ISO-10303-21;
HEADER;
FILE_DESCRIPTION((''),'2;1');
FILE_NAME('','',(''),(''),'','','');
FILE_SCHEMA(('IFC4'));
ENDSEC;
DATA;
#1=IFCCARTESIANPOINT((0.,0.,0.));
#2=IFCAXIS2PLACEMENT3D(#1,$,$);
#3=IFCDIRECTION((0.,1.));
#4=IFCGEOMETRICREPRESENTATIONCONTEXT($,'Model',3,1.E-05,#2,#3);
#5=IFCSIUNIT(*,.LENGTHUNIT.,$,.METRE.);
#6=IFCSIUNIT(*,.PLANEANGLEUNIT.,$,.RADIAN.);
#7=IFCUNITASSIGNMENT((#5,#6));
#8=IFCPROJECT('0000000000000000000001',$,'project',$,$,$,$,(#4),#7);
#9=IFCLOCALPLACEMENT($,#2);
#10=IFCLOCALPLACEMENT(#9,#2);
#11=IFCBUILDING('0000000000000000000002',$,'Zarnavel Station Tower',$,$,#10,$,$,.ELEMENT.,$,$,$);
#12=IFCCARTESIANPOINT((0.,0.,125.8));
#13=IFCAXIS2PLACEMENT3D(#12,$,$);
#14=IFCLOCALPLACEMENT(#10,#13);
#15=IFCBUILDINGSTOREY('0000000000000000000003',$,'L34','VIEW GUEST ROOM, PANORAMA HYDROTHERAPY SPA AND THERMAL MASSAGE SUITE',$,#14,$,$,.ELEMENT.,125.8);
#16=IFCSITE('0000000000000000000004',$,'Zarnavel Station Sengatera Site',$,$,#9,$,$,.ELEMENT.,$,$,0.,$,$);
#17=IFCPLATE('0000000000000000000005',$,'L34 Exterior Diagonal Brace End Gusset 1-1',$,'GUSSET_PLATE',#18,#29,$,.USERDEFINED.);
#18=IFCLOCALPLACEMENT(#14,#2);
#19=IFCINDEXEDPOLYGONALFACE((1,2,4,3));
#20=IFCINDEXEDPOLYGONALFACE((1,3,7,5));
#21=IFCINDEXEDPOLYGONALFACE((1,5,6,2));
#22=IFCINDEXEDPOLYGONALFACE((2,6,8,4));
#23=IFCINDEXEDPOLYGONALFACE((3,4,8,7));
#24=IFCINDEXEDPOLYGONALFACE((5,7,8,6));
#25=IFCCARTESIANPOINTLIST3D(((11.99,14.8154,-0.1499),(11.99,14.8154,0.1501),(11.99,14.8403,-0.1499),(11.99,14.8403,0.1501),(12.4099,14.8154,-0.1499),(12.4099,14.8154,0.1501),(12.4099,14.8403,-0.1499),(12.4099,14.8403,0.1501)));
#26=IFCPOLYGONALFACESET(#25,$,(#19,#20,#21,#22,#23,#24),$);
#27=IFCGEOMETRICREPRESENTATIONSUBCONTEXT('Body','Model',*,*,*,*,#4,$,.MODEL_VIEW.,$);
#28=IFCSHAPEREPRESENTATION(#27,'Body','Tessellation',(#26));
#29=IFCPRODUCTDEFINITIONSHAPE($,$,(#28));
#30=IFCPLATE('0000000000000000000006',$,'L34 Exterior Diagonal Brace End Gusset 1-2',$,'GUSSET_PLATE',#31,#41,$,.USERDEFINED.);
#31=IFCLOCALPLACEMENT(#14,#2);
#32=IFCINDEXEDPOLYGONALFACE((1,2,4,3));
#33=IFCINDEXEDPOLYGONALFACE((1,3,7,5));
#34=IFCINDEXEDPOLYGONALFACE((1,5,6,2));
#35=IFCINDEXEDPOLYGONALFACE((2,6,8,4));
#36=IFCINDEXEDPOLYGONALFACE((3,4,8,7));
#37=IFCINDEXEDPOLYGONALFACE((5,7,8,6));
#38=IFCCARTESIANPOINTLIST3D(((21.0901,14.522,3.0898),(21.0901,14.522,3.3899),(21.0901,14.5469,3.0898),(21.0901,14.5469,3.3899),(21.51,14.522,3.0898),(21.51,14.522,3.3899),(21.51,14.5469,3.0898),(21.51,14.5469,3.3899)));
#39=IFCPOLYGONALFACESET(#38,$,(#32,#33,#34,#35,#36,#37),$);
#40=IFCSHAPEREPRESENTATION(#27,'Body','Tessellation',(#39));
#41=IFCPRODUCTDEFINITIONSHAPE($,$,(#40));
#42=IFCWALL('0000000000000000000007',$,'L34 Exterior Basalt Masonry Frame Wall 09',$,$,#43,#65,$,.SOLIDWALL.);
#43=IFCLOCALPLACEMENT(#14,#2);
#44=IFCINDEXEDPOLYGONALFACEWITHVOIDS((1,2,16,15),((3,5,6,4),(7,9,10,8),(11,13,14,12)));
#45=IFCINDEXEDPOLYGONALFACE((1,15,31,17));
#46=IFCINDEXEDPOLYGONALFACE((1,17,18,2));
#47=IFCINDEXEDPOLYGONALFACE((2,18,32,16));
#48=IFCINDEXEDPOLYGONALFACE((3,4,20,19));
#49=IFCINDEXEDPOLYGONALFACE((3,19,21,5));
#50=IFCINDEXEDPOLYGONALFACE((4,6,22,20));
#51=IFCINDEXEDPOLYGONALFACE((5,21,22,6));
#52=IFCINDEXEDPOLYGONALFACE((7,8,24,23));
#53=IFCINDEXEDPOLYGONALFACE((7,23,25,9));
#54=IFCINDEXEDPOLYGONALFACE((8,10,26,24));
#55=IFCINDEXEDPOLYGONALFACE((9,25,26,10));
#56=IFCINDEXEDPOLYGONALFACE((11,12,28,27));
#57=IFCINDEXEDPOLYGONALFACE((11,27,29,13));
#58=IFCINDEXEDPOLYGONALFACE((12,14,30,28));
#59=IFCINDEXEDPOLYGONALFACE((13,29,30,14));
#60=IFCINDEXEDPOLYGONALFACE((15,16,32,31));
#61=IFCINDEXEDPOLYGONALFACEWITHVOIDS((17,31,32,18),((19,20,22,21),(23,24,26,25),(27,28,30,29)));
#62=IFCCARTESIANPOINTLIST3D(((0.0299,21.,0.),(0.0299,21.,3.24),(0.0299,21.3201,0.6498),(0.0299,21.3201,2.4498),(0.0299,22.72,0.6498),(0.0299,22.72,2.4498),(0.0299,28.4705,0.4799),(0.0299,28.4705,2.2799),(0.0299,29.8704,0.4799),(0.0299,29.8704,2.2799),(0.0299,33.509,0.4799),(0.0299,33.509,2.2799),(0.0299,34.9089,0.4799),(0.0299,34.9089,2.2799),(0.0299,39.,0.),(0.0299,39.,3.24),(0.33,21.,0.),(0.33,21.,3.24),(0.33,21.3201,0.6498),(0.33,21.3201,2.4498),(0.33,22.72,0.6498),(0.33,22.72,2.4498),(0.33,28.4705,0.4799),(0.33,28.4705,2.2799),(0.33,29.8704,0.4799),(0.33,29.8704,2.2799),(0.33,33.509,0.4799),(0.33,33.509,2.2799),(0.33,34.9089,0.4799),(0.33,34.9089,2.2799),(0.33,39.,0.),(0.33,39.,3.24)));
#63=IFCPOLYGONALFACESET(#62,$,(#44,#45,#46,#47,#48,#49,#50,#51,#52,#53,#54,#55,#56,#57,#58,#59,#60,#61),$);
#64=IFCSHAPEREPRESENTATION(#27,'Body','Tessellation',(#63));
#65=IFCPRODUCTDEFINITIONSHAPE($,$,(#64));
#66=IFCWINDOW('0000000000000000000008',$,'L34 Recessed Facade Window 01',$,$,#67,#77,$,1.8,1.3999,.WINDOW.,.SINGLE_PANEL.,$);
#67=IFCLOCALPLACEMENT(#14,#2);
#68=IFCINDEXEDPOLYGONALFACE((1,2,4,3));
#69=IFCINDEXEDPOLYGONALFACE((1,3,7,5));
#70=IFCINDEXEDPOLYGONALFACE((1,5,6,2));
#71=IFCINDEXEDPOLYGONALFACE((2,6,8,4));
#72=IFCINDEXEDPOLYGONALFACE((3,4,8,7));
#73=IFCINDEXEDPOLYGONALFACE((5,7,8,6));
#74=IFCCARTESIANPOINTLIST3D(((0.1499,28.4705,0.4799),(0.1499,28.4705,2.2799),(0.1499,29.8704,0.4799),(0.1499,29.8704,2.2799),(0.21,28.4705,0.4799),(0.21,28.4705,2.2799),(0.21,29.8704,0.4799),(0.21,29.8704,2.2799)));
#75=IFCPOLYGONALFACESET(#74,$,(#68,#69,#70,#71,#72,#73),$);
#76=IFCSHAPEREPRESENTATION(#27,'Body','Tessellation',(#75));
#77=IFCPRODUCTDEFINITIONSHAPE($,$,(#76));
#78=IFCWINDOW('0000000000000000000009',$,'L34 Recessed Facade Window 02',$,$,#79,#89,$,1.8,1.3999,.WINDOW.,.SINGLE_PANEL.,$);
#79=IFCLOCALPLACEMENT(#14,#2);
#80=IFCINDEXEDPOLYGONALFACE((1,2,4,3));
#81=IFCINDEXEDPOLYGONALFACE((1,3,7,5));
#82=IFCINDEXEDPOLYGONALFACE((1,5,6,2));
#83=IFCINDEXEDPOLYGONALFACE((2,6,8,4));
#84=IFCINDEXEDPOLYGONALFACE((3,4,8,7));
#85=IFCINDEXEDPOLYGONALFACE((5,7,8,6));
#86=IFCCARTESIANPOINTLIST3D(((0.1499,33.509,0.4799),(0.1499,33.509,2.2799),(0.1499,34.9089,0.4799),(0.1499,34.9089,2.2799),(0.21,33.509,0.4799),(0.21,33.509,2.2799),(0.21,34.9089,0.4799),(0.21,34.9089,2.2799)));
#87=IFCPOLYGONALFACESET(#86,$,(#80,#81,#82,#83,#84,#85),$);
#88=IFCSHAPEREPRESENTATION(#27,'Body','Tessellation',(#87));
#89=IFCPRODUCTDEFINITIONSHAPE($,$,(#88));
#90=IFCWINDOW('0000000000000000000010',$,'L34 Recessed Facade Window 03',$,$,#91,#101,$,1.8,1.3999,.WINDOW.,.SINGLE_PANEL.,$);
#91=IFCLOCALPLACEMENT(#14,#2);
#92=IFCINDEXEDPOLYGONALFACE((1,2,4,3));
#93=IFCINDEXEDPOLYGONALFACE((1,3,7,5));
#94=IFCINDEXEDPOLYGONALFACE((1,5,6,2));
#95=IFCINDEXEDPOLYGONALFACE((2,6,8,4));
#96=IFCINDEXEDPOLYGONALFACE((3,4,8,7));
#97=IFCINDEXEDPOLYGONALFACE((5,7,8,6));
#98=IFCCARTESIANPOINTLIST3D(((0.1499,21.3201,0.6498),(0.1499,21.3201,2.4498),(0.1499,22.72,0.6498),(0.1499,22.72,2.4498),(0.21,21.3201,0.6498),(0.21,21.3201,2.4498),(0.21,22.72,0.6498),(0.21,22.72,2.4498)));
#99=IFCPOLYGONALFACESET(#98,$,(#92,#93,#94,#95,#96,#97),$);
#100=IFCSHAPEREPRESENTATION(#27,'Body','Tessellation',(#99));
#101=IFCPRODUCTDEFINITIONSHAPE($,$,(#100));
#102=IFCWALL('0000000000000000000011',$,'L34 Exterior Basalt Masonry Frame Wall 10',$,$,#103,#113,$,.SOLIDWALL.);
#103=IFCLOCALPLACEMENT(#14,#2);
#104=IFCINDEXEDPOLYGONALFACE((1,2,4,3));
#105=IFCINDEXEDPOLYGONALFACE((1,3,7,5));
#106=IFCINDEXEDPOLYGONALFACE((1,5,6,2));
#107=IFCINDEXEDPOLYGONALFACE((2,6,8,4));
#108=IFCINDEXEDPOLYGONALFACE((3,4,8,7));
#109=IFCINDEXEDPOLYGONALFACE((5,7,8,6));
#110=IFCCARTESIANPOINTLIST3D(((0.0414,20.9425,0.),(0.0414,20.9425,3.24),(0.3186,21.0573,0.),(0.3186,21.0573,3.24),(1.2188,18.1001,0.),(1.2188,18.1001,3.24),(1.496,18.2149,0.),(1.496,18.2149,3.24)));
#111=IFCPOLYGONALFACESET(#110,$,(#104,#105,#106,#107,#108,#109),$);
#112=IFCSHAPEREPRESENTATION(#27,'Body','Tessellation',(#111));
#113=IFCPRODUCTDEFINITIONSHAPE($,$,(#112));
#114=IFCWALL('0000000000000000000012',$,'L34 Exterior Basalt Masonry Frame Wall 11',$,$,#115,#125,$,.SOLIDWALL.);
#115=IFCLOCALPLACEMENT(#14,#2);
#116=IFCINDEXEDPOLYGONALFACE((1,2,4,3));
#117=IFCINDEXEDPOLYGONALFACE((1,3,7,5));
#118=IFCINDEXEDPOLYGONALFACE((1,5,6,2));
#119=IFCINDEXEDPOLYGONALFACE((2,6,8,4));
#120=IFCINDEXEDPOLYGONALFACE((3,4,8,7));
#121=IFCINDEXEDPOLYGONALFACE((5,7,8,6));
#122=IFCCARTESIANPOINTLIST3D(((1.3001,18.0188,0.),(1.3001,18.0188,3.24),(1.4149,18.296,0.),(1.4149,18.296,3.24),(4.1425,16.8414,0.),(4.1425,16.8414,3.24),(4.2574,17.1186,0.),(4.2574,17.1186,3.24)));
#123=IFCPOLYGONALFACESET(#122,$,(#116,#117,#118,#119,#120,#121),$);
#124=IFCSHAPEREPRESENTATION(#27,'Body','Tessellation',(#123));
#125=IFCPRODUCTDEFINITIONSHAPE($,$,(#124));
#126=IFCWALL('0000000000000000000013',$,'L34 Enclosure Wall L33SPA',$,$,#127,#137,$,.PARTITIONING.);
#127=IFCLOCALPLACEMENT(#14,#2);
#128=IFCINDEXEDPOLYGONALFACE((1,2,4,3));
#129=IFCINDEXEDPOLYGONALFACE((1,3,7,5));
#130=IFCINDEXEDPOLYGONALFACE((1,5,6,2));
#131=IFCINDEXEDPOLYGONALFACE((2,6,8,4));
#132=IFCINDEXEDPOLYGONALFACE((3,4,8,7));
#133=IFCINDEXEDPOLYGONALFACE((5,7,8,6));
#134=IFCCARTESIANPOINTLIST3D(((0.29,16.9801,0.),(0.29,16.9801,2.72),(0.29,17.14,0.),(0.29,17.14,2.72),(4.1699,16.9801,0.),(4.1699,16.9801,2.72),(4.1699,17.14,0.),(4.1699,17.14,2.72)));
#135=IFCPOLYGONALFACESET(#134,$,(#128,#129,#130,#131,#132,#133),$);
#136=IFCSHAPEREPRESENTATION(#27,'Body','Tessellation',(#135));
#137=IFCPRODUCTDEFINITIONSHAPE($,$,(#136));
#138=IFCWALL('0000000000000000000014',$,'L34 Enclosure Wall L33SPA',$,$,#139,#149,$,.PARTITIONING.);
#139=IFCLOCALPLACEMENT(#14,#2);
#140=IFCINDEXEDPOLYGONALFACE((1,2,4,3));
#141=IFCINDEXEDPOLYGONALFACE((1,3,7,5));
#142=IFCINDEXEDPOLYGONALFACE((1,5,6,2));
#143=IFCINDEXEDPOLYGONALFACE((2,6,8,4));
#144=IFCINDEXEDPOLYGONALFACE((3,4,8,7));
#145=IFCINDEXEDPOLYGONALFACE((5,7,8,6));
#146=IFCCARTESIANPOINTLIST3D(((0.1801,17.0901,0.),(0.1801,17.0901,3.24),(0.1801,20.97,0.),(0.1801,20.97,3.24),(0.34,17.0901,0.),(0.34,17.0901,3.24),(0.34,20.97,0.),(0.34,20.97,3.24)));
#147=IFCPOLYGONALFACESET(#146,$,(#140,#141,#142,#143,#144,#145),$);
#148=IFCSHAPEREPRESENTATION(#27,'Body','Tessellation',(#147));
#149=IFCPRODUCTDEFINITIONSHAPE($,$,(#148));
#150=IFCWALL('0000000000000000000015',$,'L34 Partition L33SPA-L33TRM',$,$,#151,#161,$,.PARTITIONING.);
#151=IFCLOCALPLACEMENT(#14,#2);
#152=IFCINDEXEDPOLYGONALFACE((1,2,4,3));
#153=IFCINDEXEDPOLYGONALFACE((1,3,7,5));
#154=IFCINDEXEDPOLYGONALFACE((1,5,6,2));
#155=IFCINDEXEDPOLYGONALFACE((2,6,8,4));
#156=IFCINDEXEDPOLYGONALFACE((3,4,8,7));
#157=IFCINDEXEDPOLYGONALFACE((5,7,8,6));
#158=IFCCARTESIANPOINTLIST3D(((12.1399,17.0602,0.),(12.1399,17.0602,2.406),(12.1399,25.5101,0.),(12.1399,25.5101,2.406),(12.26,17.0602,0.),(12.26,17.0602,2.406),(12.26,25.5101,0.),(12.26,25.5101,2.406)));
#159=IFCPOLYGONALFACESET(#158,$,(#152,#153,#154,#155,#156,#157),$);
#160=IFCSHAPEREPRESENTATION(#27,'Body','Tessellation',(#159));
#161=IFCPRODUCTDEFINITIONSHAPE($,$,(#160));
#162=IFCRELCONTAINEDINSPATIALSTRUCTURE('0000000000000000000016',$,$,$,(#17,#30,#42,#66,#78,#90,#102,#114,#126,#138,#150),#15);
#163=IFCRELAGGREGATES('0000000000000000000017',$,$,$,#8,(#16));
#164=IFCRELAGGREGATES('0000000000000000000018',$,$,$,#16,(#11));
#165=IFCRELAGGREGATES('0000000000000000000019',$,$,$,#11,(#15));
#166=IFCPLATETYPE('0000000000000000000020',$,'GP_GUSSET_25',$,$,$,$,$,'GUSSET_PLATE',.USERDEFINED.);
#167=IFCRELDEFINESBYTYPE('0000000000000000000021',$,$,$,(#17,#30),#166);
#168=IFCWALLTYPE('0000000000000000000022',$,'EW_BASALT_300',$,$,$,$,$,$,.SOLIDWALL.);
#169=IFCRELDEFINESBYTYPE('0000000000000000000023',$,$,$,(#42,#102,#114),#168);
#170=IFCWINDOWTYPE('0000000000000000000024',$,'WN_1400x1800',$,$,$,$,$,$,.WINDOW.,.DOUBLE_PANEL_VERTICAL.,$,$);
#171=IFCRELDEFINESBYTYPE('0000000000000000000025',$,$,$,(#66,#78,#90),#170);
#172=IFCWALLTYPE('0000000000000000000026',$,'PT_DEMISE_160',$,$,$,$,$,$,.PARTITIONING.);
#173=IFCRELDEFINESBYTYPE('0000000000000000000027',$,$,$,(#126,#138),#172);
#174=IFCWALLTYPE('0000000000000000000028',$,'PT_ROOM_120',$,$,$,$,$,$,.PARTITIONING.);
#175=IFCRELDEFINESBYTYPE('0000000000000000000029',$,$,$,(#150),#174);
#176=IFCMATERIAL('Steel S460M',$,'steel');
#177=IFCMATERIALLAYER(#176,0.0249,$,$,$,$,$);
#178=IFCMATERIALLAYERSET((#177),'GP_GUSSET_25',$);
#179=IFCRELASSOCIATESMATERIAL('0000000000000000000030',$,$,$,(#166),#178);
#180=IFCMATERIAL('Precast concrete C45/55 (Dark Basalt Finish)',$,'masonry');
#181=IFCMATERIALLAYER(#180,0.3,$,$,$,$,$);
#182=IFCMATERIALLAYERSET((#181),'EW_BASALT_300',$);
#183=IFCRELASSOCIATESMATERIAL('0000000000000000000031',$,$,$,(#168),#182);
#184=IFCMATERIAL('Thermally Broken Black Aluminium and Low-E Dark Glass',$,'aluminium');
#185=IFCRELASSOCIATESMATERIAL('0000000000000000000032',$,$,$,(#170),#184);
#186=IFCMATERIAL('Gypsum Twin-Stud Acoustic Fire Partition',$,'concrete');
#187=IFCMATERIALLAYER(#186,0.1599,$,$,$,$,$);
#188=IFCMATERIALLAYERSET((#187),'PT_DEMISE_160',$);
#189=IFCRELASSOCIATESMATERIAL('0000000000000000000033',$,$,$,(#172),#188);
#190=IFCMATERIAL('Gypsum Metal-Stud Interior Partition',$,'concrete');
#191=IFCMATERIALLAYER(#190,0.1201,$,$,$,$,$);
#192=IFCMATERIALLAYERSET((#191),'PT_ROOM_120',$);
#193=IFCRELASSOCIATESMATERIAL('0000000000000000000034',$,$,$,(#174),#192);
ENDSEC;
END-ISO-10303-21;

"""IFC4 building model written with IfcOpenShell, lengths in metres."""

from ifc_helpers import new_model, si_unit, direction, frame, frame_2d, origin, origin_2d, place, context, subcontext, project, spatial, rectangle, extrude, material, layer, layer_set, type_object, element, fill, save


model = new_model("IFC4")

# Units and contexts
model_context = context("Model", 3, precision=1e-05, world=origin(), true_north=direction((0.0, 1.0)))
body_context = subcontext(model_context, "Body", "Model", "MODEL_VIEW")
ifc_project = project(units=[si_unit("LENGTHUNIT", "METRE"), si_unit("PLANEANGLEUNIT", "RADIAN")], contexts=[model_context])

# Site, building, storey
site_placement = place(None, origin())
site = spatial("IfcSite", under=ifc_project, at=site_placement, Name="Zarnavel Station Sengatera Site", CompositionType="ELEMENT", RefElevation=0.0)
building_placement = place(site_placement, origin())
building = spatial("IfcBuilding", under=site, at=building_placement, Name="Zarnavel Station Tower", CompositionType="ELEMENT")
storey_placement = place(building_placement, frame((0.0, 0.0, 125.8)))
storey = spatial("IfcBuildingStorey", under=building, at=storey_placement, Name="L34", Description="VIEW GUEST ROOM, PANORAMA HYDROTHERAPY SPA AND THERMAL MASSAGE SUITE", CompositionType="ELEMENT", Elevation=125.8)

# Plates
ifc_material_1 = material(Name="Steel S460M", Category="steel")
ifc_layer_1 = layer(ifc_material_1, 0.0249)
ifc_layer_set_1 = layer_set([ifc_layer_1], Name="GP_GUSSET_25")
plate_type = type_object("IfcPlateType", Name="GP_GUSSET_25", ElementType="GUSSET_PLATE", PredefinedType="USERDEFINED", material=ifc_layer_set_1)
for number, where, z_axis, x_axis, name in (
    (1, (12.2, 14.8279, -0.1499), (0.0, 0.0, 1.0), (1.0, 0.0, 0.0), "L34 Exterior Diagonal Brace End Gusset 1-1"),
    (2, (21.3, 14.5344, 3.0898), (0.0, 0.0, 1.0), (1.0, 0.0, 0.0), "L34 Exterior Diagonal Brace End Gusset 1-2"),
):
    element("IfcPlate", number, at=place(storey_placement, frame(where, z_axis=z_axis, x_axis=x_axis)), inside=storey, type_object=plate_type, Name=name, ObjectType="GUSSET_PLATE", PredefinedType="USERDEFINED", context=body_context, shape_type="SweptSolid", body=[
        extrude(rectangle(XDim=0.4199, YDim=0.0249, at=origin_2d()), origin(), (0.0, 0.0, 1.0), 0.3),
    ])

# Wall, openings, windows
ifc_material_2 = material(Name="Precast concrete C45/55 (Dark Basalt Finish)", Category="masonry")
ifc_layer_2 = layer(ifc_material_2, 0.3)
ifc_layer_set_2 = layer_set([ifc_layer_2], Name="EW_BASALT_300")
wall_type_1 = type_object("IfcWallType", Name="EW_BASALT_300", PredefinedType="SOLIDWALL", material=ifc_layer_set_2)
wall_1_placement = place(storey_placement, frame((0.1799, 21.0, 0.0), z_axis=(0.0, 0.0, 1.0), x_axis=(0.0, 1.0, 0.0)))
wall_1 = element("IfcWall", 3, at=wall_1_placement, inside=storey, type_object=wall_type_1, Name="L34 Exterior Basalt Masonry Frame Wall 09", PredefinedType="SOLIDWALL", context=body_context, shape_type="SweptSolid", body=[
    extrude(rectangle(XDim=18.0, YDim=0.3, at=frame_2d((9.0, 0.0))), origin(), (0.0, 0.0, 1.0), 3.24),
])
opening_1_placement = place(wall_1_placement, frame((7.4705, 0.0, 0.48)))
opening_1 = element("IfcOpeningElement", 4, at=opening_1_placement, cuts=wall_1, PredefinedType="OPENING", context=body_context, shape_type="SweptSolid", body=[
    extrude(rectangle(XDim=1.3999, YDim=1.8, at=frame_2d((0.7, 0.8999))), frame((0.0, 0.1599, 0.0), z_axis=(0.0, -1.0, 0.0), x_axis=(1.0, 0.0, 0.0)), (0.0, 0.0, 1.0), 0.3201),
])
opening_2_placement = place(wall_1_placement, frame((12.509, 0.0, 0.48)))
opening_2 = element("IfcOpeningElement", 5, at=opening_2_placement, cuts=wall_1, PredefinedType="OPENING", context=body_context, shape_type="SweptSolid", body=[
    extrude(rectangle(XDim=1.3999, YDim=1.8, at=frame_2d((0.7, 0.8999))), frame((0.0, 0.1599, 0.0), z_axis=(0.0, -1.0, 0.0), x_axis=(1.0, 0.0, 0.0)), (0.0, 0.0, 1.0), 0.3201),
])
opening_3_placement = place(wall_1_placement, frame((0.3201, 0.0, 0.6499)))
opening_3 = element("IfcOpeningElement", 6, at=opening_3_placement, cuts=wall_1, PredefinedType="OPENING", context=body_context, shape_type="SweptSolid", body=[
    extrude(rectangle(XDim=1.3999, YDim=1.8, at=frame_2d((0.7, 0.8999))), frame((0.0, 0.1599, 0.0), z_axis=(0.0, -1.0, 0.0), x_axis=(1.0, 0.0, 0.0)), (0.0, 0.0, 1.0), 0.3201),
])
ifc_material_3 = material(Name="Thermally Broken Black Aluminium and Low-E Dark Glass", Category="aluminium")
window_type = type_object("IfcWindowType", Name="WN_1400x1800", PartitioningType="DOUBLE_PANEL_VERTICAL", PredefinedType="WINDOW", material=ifc_material_3)
window_1_placement = place(opening_1_placement, origin())
window_1 = element("IfcWindow", 7, at=window_1_placement, inside=storey, type_object=window_type, Name="L34 Recessed Facade Window 01", OverallHeight=1.8, OverallWidth=1.3999, PartitioningType="SINGLE_PANEL", PredefinedType="WINDOW", context=body_context, shape_type="SweptSolid", body=[
    extrude(rectangle(XDim=1.3999, YDim=1.8, at=frame_2d((0.7, 0.8999))), frame((0.0, 0.03, 0.0), z_axis=(0.0, -1.0, 0.0), x_axis=(1.0, 0.0, 0.0)), (0.0, 0.0, 1.0), 0.0601),
])
fill(opening_1, window_1)
window_2_placement = place(opening_2_placement, origin())
window_2 = element("IfcWindow", 8, at=window_2_placement, inside=storey, type_object=window_type, Name="L34 Recessed Facade Window 02", OverallHeight=1.8, OverallWidth=1.3999, PartitioningType="SINGLE_PANEL", PredefinedType="WINDOW", context=body_context, shape_type="SweptSolid", body=[
    extrude(rectangle(XDim=1.3999, YDim=1.8, at=frame_2d((0.7, 0.8999))), frame((0.0, 0.03, 0.0), z_axis=(0.0, -1.0, 0.0), x_axis=(1.0, 0.0, 0.0)), (0.0, 0.0, 1.0), 0.0601),
])
fill(opening_2, window_2)
window_3_placement = place(opening_3_placement, origin())
window_3 = element("IfcWindow", 9, at=window_3_placement, inside=storey, type_object=window_type, Name="L34 Recessed Facade Window 03", OverallHeight=1.8, OverallWidth=1.3999, PartitioningType="SINGLE_PANEL", PredefinedType="WINDOW", context=body_context, shape_type="SweptSolid", body=[
    extrude(rectangle(XDim=1.3999, YDim=1.8, at=frame_2d((0.7, 0.8999))), frame((0.0, 0.03, 0.0), z_axis=(0.0, -1.0, 0.0), x_axis=(1.0, 0.0, 0.0)), (0.0, 0.0, 1.0), 0.0601),
])
fill(opening_3, window_3)

# Walls
for number, where, z_axis, x_axis, name in (
    (10, (1.3574, 18.1575, 0.0), (0.0, 0.0, 1.0), (-0.382705, 0.923871, 0.0), "L34 Exterior Basalt Masonry Frame Wall 10"),
    (11, (4.2, 16.98, 0.0), (0.0, 0.0, 1.0), (-0.923871, 0.382705, 0.0), "L34 Exterior Basalt Masonry Frame Wall 11"),
):
    element("IfcWall", number, at=place(storey_placement, frame(where, z_axis=z_axis, x_axis=x_axis)), inside=storey, type_object=wall_type_1, Name=name, PredefinedType="SOLIDWALL", context=body_context, shape_type="SweptSolid", body=[
        extrude(rectangle(XDim=3.0767, YDim=0.3, at=frame_2d((1.5383, 0.0))), origin(), (0.0, 0.0, 1.0), 3.24),
    ])
ifc_material_4 = material(Name="Gypsum Twin-Stud Acoustic Fire Partition", Category="concrete")
ifc_layer_3 = layer(ifc_material_4, 0.1599)
ifc_layer_set_3 = layer_set([ifc_layer_3], Name="PT_DEMISE_160")
wall_type_2 = type_object("IfcWallType", Name="PT_DEMISE_160", PredefinedType="PARTITIONING", material=ifc_layer_set_3)
wall_2_placement = place(storey_placement, frame((0.29, 17.0601, 0.0), z_axis=(0.0, 0.0, 1.0), x_axis=(1.0, 0.0, 0.0)))
element("IfcWall", 12, at=wall_2_placement, inside=storey, type_object=wall_type_2, Name="L34 Enclosure Wall L33SPA", PredefinedType="PARTITIONING", context=body_context, shape_type="SweptSolid", body=[
    extrude(rectangle(XDim=3.8799, YDim=0.1599, at=frame_2d((1.9399, 0.0))), origin(), (0.0, 0.0, 1.0), 2.72),
])
wall_3_placement = place(storey_placement, frame((0.26, 17.0901, 0.0), z_axis=(0.0, 0.0, 1.0), x_axis=(0.0, 1.0, 0.0)))
element("IfcWall", 13, at=wall_3_placement, inside=storey, type_object=wall_type_2, Name="L34 Enclosure Wall L33SPA", PredefinedType="PARTITIONING", context=body_context, shape_type="SweptSolid", body=[
    extrude(rectangle(XDim=3.8799, YDim=0.1599, at=frame_2d((1.9399, 0.0))), origin(), (0.0, 0.0, 1.0), 3.24),
])
ifc_material_5 = material(Name="Gypsum Metal-Stud Interior Partition", Category="concrete")
ifc_layer_4 = layer(ifc_material_5, 0.1201)
ifc_layer_set_4 = layer_set([ifc_layer_4], Name="PT_ROOM_120")
wall_type_3 = type_object("IfcWallType", Name="PT_ROOM_120", PredefinedType="PARTITIONING", material=ifc_layer_set_4)
wall_4_placement = place(storey_placement, frame((12.2, 17.0601, 0.0), z_axis=(0.0, 0.0, 1.0), x_axis=(0.0, 1.0, 0.0)))
element("IfcWall", 14, at=wall_4_placement, inside=storey, type_object=wall_type_3, Name="L34 Partition L33SPA-L33TRM", PredefinedType="PARTITIONING", context=body_context, shape_type="SweptSolid", body=[
    extrude(rectangle(XDim=8.45, YDim=0.1201, at=frame_2d((4.2251, 0.0))), origin(), (0.0, 0.0, 1.0), 2.406),
])

save(model, "model.ifc")
